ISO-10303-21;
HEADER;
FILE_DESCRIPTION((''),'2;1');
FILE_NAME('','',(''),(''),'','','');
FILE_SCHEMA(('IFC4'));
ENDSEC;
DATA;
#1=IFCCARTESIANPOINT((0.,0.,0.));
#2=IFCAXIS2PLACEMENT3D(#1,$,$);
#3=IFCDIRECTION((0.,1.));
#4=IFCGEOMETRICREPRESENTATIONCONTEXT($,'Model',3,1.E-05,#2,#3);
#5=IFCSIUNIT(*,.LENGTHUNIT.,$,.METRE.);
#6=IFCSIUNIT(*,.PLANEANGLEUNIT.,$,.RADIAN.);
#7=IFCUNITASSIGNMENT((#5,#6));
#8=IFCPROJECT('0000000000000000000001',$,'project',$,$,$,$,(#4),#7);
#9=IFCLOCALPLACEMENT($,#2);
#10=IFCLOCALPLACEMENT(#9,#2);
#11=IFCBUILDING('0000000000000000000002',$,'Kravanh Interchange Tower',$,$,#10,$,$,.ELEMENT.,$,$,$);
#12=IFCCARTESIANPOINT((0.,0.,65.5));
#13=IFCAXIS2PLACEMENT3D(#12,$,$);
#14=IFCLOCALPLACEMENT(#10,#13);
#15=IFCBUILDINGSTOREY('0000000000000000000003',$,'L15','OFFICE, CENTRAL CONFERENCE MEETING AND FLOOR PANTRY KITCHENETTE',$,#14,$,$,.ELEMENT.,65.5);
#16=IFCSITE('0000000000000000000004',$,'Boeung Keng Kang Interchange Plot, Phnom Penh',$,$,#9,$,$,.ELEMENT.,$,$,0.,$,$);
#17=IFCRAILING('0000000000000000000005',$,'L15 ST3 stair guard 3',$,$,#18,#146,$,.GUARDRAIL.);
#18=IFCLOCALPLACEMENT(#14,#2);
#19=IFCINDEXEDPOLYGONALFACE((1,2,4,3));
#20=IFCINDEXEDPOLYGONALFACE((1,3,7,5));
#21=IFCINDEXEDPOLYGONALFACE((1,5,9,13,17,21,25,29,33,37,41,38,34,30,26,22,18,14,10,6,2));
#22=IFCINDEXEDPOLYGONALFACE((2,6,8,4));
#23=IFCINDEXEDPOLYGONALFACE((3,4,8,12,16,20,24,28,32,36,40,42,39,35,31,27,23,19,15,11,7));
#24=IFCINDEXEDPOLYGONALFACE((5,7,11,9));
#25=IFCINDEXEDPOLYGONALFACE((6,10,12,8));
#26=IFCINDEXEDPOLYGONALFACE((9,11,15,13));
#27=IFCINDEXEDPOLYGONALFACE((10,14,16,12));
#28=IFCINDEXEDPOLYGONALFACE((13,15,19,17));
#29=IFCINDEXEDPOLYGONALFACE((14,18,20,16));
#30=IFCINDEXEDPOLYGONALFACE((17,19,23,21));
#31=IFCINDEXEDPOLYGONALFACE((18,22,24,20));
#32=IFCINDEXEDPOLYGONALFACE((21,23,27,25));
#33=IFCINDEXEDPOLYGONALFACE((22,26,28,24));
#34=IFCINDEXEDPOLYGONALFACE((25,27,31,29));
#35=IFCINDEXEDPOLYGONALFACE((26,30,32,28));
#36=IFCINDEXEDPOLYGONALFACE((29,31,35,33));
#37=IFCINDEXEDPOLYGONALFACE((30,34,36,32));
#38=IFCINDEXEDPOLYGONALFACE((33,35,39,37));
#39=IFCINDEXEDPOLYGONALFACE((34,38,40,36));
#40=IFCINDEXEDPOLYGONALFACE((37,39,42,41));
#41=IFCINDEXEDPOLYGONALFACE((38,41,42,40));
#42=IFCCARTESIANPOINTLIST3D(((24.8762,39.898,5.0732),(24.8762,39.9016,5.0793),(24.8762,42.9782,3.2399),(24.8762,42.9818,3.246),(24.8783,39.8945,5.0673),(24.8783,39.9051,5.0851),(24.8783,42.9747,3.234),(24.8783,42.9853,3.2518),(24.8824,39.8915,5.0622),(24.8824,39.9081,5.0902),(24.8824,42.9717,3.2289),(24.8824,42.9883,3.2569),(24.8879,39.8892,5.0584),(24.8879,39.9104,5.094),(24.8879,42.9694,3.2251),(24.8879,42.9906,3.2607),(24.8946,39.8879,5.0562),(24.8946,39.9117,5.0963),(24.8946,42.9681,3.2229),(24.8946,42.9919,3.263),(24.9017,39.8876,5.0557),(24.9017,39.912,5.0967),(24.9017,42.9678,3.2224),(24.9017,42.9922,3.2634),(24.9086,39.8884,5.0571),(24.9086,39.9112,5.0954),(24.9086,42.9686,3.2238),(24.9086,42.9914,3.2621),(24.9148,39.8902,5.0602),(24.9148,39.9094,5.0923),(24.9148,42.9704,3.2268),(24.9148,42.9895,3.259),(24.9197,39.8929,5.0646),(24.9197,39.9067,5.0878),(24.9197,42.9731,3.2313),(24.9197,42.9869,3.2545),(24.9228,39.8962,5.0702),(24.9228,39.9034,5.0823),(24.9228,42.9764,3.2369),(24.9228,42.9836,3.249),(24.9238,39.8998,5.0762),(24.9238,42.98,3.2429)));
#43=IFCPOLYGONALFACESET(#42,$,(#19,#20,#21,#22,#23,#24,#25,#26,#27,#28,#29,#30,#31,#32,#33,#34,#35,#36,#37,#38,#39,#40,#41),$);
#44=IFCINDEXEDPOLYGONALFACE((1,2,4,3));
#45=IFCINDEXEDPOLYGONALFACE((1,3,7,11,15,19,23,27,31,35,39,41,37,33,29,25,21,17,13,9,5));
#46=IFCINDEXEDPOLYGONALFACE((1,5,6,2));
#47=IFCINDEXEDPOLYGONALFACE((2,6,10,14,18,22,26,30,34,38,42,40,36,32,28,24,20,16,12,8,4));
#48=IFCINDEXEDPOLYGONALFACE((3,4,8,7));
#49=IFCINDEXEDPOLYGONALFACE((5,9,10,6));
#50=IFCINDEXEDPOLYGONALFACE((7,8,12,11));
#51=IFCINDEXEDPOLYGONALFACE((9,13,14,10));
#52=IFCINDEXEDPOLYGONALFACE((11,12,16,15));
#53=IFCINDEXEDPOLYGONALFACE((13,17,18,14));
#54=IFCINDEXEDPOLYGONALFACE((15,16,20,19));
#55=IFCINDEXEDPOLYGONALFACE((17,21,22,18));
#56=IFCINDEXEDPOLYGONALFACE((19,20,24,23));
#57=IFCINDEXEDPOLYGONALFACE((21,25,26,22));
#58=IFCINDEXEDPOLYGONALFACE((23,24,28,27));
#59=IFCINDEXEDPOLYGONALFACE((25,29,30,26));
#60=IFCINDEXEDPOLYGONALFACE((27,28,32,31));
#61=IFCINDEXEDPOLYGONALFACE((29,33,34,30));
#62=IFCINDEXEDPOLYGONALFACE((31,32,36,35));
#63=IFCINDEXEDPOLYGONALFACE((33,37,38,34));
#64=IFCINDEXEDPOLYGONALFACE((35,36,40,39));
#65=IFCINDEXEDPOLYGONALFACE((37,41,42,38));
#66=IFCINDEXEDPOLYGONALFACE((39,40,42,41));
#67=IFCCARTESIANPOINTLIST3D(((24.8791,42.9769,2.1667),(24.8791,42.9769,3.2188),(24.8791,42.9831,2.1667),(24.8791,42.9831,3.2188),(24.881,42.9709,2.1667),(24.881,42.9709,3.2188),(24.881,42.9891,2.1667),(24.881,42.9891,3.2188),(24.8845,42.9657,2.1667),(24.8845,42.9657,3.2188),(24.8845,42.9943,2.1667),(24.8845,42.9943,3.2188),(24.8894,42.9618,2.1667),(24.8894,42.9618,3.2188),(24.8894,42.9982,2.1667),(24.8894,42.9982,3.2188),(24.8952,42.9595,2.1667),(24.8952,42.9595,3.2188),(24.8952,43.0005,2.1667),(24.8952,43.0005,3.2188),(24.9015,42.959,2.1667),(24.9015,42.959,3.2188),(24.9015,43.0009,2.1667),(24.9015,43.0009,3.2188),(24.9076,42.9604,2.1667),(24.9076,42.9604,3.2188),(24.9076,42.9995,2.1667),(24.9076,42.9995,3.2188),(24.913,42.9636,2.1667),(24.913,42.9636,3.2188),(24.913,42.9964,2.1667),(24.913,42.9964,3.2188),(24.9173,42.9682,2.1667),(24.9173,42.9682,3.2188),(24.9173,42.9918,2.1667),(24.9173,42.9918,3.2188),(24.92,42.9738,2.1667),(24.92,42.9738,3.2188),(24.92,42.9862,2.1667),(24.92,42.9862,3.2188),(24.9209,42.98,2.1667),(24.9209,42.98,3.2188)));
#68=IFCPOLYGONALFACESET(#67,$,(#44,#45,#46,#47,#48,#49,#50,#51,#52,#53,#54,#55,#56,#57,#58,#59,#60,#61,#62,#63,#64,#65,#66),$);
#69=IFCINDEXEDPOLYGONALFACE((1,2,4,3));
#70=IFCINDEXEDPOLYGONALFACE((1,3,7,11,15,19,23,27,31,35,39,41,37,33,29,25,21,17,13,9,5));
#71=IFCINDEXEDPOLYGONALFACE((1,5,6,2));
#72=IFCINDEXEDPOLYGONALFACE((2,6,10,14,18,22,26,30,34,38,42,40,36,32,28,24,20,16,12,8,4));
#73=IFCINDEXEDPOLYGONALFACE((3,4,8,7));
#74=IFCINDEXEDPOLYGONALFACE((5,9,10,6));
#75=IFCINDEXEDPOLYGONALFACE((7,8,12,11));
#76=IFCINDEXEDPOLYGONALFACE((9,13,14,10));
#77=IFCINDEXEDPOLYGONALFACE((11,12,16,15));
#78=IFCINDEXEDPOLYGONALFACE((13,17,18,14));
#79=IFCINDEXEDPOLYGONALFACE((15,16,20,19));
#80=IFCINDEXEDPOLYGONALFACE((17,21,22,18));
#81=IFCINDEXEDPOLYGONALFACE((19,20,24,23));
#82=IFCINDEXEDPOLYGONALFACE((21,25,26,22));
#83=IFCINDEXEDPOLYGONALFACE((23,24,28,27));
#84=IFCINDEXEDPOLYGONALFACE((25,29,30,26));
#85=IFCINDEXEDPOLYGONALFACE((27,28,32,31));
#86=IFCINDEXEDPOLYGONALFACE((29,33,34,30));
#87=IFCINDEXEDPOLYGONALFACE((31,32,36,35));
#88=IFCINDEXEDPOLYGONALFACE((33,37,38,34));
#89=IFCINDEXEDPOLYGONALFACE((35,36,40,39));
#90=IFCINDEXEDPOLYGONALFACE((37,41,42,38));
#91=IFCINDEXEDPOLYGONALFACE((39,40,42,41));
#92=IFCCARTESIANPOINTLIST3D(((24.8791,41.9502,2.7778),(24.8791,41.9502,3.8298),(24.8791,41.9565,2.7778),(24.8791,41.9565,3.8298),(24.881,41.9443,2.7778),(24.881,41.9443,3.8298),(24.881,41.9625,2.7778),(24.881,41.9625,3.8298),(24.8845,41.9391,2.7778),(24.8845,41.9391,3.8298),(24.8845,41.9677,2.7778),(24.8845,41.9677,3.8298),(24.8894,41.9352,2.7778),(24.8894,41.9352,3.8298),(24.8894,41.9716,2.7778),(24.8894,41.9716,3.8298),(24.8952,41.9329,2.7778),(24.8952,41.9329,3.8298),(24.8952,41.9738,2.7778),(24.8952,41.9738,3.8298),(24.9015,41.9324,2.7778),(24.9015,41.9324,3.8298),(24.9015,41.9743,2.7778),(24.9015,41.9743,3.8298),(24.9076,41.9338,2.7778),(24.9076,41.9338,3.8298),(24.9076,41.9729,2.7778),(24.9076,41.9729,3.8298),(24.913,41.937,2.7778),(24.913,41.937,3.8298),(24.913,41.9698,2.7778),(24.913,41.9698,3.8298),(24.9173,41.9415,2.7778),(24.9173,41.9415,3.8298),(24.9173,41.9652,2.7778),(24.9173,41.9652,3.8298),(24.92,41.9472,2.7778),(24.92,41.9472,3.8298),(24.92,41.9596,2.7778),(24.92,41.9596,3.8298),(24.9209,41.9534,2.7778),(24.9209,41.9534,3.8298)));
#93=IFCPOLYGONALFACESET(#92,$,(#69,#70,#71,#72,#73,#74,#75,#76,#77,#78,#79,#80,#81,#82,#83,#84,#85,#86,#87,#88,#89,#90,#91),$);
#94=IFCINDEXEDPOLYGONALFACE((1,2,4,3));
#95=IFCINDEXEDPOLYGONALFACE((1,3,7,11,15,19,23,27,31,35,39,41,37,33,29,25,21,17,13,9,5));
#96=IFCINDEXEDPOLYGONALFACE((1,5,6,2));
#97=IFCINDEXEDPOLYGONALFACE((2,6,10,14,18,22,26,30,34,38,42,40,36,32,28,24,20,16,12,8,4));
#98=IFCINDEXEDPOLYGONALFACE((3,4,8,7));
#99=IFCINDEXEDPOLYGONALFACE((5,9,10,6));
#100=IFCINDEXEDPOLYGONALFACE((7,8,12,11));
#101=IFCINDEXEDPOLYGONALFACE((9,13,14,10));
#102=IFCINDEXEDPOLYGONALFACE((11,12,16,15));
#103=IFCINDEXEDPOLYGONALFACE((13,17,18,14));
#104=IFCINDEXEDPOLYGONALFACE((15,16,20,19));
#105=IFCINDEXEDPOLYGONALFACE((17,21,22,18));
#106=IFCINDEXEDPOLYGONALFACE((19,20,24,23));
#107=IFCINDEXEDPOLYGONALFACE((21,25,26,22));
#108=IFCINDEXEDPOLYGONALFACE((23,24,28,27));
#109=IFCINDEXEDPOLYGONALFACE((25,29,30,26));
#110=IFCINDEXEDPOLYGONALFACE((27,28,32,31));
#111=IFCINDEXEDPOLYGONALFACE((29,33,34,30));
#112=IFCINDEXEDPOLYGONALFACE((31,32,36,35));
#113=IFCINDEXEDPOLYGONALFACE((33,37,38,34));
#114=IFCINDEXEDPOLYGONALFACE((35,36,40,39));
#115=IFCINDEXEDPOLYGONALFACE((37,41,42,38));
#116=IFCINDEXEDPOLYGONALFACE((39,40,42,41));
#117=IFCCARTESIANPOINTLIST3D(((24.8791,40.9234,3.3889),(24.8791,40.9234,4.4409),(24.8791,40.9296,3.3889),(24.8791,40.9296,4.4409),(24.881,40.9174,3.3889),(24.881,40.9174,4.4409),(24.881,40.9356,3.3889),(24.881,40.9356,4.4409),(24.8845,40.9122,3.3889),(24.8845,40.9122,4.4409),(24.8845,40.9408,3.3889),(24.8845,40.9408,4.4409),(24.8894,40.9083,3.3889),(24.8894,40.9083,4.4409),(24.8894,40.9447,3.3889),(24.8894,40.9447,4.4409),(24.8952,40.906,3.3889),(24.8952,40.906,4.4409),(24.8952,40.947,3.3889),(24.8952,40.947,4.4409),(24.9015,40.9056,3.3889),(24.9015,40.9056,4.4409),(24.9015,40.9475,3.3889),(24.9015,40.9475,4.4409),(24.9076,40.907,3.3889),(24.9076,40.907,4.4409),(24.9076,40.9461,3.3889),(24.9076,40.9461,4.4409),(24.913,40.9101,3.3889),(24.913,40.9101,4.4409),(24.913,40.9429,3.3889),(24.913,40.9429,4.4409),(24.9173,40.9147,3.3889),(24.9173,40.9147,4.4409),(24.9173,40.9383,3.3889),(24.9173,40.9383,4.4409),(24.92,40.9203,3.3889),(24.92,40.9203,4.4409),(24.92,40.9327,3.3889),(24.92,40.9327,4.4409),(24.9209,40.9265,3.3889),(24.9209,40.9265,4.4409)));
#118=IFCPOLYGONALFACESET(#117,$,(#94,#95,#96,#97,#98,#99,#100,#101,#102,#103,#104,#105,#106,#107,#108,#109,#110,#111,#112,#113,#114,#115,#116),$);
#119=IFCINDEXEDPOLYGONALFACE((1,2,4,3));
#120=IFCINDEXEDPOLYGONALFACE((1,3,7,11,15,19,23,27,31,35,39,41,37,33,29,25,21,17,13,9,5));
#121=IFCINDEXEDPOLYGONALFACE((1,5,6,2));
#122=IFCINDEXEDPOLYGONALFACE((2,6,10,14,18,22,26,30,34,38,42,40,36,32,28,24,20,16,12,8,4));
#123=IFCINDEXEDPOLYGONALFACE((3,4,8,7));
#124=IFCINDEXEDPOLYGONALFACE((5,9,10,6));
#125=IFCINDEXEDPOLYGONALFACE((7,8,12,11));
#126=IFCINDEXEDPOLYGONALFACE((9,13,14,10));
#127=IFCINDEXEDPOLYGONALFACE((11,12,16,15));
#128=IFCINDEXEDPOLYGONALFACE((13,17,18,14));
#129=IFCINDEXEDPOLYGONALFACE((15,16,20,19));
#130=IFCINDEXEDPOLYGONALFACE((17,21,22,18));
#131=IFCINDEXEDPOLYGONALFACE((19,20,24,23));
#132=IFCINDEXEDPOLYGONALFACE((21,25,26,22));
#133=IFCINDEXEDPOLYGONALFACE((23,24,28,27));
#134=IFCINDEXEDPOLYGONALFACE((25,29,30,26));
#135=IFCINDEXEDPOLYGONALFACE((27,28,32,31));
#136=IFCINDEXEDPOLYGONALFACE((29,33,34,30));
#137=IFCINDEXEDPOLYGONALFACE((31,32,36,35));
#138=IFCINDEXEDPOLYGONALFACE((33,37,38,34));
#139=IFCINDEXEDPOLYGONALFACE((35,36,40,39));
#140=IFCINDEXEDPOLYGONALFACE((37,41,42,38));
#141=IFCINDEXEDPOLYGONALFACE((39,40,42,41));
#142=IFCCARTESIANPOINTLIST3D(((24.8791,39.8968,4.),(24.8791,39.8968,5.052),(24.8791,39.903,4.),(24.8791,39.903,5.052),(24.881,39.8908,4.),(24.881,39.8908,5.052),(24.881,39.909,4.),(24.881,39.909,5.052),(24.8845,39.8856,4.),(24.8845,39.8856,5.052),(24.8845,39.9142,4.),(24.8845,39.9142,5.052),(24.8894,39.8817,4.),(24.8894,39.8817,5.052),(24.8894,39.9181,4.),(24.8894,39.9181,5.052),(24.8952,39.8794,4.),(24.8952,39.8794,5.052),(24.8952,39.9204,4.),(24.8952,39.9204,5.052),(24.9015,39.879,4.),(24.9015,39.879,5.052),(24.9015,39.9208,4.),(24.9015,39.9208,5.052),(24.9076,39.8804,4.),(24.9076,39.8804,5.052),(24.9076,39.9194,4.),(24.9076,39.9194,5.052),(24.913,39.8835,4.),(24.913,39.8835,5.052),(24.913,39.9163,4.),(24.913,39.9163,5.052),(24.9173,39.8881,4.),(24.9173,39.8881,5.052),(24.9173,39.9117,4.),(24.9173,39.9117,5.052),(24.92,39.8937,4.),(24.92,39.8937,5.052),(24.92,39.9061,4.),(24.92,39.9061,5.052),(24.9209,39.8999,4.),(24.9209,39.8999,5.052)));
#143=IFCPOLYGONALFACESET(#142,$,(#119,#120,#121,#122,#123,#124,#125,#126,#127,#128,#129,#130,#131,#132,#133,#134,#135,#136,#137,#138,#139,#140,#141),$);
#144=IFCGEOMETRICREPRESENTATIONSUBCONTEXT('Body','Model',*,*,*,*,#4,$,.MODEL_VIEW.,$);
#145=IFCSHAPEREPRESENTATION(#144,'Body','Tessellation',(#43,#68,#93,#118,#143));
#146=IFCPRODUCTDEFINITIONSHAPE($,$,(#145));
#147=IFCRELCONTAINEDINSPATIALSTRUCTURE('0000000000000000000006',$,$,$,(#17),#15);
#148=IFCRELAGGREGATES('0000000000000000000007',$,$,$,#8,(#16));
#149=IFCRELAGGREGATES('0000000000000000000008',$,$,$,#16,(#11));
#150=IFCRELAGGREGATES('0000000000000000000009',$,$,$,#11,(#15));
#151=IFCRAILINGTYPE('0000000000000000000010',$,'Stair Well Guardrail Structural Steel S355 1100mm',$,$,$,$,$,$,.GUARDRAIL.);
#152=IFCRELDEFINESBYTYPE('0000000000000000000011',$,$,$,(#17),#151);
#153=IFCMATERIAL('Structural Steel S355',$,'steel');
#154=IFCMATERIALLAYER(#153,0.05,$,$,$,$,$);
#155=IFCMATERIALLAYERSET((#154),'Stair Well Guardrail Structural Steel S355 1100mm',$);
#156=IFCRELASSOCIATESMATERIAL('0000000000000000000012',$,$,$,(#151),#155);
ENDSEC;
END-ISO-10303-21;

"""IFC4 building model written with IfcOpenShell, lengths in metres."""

from ifc_helpers import new_model, si_unit, direction, frame, origin, origin_2d, place, context, subcontext, project, spatial, circle, extrude, material, layer, layer_set, type_object, element, save


model = new_model("IFC4")

# Units and contexts
model_context = context("Model", 3, precision=1e-05, world=origin(), true_north=direction((0.0, 1.0)))
body_context = subcontext(model_context, "Body", "Model", "MODEL_VIEW")
ifc_project = project(units=[si_unit("LENGTHUNIT", "METRE"), si_unit("PLANEANGLEUNIT", "RADIAN")], contexts=[model_context])

# Site, building, storey
site_placement = place(None, origin())
site = spatial("IfcSite", under=ifc_project, at=site_placement, Name="Boeung Keng Kang Interchange Plot, Phnom Penh", CompositionType="ELEMENT", RefElevation=0.0)
building_placement = place(site_placement, origin())
building = spatial("IfcBuilding", under=site, at=building_placement, Name="Kravanh Interchange Tower", CompositionType="ELEMENT")
storey_placement = place(building_placement, frame((0.0, 0.0, 65.5)))
storey = spatial("IfcBuildingStorey", under=building, at=storey_placement, Name="L15", Description="OFFICE, CENTRAL CONFERENCE MEETING AND FLOOR PANTRY KITCHENETTE", CompositionType="ELEMENT", Elevation=65.5)

# Railing
ifc_material_1 = material(Name="Structural Steel S355", Category="steel")
ifc_layer_1 = layer(ifc_material_1, 0.05)
ifc_layer_set_1 = layer_set([ifc_layer_1], Name="Stair Well Guardrail Structural Steel S355 1100mm")
railing_type_1 = type_object("IfcRailingType", Name="Stair Well Guardrail Structural Steel S355 1100mm", PredefinedType="GUARDRAIL", material=ifc_layer_set_1)
railing_1_placement = place(storey_placement, frame((24.8999, 42.98, 2.1667)))
element("IfcRailing", 1, at=railing_1_placement, inside=storey, type_object=railing_type_1, Name="L15 ST3 stair guard 3", PredefinedType="GUARDRAIL", context=body_context, shape_type="SweptSolid", body=[
    extrude(circle(Radius=0.0239, at=origin_2d()), frame((0.0, 0.0, 1.0762), z_axis=(0.0, -0.859309, 0.511458), x_axis=(1.0, 0.0, 0.0)), (0.0, 0.0, 1.0), 3.5845),
    extrude(circle(Radius=0.021, at=origin_2d()), origin(), (0.0, 0.0, 1.0), 1.052),
    extrude(circle(Radius=0.021, at=origin_2d()), frame((0.0, -1.0266, 0.6111)), (0.0, 0.0, 1.0), 1.052),
    extrude(circle(Radius=0.021, at=origin_2d()), frame((0.0, -2.0535, 1.2222)), (0.0, 0.0, 1.0), 1.052),
    extrude(circle(Radius=0.021, at=origin_2d()), frame((0.0, -3.0801, 1.8333)), (0.0, 0.0, 1.0), 1.052),
])

save(model, "model.ifc")
